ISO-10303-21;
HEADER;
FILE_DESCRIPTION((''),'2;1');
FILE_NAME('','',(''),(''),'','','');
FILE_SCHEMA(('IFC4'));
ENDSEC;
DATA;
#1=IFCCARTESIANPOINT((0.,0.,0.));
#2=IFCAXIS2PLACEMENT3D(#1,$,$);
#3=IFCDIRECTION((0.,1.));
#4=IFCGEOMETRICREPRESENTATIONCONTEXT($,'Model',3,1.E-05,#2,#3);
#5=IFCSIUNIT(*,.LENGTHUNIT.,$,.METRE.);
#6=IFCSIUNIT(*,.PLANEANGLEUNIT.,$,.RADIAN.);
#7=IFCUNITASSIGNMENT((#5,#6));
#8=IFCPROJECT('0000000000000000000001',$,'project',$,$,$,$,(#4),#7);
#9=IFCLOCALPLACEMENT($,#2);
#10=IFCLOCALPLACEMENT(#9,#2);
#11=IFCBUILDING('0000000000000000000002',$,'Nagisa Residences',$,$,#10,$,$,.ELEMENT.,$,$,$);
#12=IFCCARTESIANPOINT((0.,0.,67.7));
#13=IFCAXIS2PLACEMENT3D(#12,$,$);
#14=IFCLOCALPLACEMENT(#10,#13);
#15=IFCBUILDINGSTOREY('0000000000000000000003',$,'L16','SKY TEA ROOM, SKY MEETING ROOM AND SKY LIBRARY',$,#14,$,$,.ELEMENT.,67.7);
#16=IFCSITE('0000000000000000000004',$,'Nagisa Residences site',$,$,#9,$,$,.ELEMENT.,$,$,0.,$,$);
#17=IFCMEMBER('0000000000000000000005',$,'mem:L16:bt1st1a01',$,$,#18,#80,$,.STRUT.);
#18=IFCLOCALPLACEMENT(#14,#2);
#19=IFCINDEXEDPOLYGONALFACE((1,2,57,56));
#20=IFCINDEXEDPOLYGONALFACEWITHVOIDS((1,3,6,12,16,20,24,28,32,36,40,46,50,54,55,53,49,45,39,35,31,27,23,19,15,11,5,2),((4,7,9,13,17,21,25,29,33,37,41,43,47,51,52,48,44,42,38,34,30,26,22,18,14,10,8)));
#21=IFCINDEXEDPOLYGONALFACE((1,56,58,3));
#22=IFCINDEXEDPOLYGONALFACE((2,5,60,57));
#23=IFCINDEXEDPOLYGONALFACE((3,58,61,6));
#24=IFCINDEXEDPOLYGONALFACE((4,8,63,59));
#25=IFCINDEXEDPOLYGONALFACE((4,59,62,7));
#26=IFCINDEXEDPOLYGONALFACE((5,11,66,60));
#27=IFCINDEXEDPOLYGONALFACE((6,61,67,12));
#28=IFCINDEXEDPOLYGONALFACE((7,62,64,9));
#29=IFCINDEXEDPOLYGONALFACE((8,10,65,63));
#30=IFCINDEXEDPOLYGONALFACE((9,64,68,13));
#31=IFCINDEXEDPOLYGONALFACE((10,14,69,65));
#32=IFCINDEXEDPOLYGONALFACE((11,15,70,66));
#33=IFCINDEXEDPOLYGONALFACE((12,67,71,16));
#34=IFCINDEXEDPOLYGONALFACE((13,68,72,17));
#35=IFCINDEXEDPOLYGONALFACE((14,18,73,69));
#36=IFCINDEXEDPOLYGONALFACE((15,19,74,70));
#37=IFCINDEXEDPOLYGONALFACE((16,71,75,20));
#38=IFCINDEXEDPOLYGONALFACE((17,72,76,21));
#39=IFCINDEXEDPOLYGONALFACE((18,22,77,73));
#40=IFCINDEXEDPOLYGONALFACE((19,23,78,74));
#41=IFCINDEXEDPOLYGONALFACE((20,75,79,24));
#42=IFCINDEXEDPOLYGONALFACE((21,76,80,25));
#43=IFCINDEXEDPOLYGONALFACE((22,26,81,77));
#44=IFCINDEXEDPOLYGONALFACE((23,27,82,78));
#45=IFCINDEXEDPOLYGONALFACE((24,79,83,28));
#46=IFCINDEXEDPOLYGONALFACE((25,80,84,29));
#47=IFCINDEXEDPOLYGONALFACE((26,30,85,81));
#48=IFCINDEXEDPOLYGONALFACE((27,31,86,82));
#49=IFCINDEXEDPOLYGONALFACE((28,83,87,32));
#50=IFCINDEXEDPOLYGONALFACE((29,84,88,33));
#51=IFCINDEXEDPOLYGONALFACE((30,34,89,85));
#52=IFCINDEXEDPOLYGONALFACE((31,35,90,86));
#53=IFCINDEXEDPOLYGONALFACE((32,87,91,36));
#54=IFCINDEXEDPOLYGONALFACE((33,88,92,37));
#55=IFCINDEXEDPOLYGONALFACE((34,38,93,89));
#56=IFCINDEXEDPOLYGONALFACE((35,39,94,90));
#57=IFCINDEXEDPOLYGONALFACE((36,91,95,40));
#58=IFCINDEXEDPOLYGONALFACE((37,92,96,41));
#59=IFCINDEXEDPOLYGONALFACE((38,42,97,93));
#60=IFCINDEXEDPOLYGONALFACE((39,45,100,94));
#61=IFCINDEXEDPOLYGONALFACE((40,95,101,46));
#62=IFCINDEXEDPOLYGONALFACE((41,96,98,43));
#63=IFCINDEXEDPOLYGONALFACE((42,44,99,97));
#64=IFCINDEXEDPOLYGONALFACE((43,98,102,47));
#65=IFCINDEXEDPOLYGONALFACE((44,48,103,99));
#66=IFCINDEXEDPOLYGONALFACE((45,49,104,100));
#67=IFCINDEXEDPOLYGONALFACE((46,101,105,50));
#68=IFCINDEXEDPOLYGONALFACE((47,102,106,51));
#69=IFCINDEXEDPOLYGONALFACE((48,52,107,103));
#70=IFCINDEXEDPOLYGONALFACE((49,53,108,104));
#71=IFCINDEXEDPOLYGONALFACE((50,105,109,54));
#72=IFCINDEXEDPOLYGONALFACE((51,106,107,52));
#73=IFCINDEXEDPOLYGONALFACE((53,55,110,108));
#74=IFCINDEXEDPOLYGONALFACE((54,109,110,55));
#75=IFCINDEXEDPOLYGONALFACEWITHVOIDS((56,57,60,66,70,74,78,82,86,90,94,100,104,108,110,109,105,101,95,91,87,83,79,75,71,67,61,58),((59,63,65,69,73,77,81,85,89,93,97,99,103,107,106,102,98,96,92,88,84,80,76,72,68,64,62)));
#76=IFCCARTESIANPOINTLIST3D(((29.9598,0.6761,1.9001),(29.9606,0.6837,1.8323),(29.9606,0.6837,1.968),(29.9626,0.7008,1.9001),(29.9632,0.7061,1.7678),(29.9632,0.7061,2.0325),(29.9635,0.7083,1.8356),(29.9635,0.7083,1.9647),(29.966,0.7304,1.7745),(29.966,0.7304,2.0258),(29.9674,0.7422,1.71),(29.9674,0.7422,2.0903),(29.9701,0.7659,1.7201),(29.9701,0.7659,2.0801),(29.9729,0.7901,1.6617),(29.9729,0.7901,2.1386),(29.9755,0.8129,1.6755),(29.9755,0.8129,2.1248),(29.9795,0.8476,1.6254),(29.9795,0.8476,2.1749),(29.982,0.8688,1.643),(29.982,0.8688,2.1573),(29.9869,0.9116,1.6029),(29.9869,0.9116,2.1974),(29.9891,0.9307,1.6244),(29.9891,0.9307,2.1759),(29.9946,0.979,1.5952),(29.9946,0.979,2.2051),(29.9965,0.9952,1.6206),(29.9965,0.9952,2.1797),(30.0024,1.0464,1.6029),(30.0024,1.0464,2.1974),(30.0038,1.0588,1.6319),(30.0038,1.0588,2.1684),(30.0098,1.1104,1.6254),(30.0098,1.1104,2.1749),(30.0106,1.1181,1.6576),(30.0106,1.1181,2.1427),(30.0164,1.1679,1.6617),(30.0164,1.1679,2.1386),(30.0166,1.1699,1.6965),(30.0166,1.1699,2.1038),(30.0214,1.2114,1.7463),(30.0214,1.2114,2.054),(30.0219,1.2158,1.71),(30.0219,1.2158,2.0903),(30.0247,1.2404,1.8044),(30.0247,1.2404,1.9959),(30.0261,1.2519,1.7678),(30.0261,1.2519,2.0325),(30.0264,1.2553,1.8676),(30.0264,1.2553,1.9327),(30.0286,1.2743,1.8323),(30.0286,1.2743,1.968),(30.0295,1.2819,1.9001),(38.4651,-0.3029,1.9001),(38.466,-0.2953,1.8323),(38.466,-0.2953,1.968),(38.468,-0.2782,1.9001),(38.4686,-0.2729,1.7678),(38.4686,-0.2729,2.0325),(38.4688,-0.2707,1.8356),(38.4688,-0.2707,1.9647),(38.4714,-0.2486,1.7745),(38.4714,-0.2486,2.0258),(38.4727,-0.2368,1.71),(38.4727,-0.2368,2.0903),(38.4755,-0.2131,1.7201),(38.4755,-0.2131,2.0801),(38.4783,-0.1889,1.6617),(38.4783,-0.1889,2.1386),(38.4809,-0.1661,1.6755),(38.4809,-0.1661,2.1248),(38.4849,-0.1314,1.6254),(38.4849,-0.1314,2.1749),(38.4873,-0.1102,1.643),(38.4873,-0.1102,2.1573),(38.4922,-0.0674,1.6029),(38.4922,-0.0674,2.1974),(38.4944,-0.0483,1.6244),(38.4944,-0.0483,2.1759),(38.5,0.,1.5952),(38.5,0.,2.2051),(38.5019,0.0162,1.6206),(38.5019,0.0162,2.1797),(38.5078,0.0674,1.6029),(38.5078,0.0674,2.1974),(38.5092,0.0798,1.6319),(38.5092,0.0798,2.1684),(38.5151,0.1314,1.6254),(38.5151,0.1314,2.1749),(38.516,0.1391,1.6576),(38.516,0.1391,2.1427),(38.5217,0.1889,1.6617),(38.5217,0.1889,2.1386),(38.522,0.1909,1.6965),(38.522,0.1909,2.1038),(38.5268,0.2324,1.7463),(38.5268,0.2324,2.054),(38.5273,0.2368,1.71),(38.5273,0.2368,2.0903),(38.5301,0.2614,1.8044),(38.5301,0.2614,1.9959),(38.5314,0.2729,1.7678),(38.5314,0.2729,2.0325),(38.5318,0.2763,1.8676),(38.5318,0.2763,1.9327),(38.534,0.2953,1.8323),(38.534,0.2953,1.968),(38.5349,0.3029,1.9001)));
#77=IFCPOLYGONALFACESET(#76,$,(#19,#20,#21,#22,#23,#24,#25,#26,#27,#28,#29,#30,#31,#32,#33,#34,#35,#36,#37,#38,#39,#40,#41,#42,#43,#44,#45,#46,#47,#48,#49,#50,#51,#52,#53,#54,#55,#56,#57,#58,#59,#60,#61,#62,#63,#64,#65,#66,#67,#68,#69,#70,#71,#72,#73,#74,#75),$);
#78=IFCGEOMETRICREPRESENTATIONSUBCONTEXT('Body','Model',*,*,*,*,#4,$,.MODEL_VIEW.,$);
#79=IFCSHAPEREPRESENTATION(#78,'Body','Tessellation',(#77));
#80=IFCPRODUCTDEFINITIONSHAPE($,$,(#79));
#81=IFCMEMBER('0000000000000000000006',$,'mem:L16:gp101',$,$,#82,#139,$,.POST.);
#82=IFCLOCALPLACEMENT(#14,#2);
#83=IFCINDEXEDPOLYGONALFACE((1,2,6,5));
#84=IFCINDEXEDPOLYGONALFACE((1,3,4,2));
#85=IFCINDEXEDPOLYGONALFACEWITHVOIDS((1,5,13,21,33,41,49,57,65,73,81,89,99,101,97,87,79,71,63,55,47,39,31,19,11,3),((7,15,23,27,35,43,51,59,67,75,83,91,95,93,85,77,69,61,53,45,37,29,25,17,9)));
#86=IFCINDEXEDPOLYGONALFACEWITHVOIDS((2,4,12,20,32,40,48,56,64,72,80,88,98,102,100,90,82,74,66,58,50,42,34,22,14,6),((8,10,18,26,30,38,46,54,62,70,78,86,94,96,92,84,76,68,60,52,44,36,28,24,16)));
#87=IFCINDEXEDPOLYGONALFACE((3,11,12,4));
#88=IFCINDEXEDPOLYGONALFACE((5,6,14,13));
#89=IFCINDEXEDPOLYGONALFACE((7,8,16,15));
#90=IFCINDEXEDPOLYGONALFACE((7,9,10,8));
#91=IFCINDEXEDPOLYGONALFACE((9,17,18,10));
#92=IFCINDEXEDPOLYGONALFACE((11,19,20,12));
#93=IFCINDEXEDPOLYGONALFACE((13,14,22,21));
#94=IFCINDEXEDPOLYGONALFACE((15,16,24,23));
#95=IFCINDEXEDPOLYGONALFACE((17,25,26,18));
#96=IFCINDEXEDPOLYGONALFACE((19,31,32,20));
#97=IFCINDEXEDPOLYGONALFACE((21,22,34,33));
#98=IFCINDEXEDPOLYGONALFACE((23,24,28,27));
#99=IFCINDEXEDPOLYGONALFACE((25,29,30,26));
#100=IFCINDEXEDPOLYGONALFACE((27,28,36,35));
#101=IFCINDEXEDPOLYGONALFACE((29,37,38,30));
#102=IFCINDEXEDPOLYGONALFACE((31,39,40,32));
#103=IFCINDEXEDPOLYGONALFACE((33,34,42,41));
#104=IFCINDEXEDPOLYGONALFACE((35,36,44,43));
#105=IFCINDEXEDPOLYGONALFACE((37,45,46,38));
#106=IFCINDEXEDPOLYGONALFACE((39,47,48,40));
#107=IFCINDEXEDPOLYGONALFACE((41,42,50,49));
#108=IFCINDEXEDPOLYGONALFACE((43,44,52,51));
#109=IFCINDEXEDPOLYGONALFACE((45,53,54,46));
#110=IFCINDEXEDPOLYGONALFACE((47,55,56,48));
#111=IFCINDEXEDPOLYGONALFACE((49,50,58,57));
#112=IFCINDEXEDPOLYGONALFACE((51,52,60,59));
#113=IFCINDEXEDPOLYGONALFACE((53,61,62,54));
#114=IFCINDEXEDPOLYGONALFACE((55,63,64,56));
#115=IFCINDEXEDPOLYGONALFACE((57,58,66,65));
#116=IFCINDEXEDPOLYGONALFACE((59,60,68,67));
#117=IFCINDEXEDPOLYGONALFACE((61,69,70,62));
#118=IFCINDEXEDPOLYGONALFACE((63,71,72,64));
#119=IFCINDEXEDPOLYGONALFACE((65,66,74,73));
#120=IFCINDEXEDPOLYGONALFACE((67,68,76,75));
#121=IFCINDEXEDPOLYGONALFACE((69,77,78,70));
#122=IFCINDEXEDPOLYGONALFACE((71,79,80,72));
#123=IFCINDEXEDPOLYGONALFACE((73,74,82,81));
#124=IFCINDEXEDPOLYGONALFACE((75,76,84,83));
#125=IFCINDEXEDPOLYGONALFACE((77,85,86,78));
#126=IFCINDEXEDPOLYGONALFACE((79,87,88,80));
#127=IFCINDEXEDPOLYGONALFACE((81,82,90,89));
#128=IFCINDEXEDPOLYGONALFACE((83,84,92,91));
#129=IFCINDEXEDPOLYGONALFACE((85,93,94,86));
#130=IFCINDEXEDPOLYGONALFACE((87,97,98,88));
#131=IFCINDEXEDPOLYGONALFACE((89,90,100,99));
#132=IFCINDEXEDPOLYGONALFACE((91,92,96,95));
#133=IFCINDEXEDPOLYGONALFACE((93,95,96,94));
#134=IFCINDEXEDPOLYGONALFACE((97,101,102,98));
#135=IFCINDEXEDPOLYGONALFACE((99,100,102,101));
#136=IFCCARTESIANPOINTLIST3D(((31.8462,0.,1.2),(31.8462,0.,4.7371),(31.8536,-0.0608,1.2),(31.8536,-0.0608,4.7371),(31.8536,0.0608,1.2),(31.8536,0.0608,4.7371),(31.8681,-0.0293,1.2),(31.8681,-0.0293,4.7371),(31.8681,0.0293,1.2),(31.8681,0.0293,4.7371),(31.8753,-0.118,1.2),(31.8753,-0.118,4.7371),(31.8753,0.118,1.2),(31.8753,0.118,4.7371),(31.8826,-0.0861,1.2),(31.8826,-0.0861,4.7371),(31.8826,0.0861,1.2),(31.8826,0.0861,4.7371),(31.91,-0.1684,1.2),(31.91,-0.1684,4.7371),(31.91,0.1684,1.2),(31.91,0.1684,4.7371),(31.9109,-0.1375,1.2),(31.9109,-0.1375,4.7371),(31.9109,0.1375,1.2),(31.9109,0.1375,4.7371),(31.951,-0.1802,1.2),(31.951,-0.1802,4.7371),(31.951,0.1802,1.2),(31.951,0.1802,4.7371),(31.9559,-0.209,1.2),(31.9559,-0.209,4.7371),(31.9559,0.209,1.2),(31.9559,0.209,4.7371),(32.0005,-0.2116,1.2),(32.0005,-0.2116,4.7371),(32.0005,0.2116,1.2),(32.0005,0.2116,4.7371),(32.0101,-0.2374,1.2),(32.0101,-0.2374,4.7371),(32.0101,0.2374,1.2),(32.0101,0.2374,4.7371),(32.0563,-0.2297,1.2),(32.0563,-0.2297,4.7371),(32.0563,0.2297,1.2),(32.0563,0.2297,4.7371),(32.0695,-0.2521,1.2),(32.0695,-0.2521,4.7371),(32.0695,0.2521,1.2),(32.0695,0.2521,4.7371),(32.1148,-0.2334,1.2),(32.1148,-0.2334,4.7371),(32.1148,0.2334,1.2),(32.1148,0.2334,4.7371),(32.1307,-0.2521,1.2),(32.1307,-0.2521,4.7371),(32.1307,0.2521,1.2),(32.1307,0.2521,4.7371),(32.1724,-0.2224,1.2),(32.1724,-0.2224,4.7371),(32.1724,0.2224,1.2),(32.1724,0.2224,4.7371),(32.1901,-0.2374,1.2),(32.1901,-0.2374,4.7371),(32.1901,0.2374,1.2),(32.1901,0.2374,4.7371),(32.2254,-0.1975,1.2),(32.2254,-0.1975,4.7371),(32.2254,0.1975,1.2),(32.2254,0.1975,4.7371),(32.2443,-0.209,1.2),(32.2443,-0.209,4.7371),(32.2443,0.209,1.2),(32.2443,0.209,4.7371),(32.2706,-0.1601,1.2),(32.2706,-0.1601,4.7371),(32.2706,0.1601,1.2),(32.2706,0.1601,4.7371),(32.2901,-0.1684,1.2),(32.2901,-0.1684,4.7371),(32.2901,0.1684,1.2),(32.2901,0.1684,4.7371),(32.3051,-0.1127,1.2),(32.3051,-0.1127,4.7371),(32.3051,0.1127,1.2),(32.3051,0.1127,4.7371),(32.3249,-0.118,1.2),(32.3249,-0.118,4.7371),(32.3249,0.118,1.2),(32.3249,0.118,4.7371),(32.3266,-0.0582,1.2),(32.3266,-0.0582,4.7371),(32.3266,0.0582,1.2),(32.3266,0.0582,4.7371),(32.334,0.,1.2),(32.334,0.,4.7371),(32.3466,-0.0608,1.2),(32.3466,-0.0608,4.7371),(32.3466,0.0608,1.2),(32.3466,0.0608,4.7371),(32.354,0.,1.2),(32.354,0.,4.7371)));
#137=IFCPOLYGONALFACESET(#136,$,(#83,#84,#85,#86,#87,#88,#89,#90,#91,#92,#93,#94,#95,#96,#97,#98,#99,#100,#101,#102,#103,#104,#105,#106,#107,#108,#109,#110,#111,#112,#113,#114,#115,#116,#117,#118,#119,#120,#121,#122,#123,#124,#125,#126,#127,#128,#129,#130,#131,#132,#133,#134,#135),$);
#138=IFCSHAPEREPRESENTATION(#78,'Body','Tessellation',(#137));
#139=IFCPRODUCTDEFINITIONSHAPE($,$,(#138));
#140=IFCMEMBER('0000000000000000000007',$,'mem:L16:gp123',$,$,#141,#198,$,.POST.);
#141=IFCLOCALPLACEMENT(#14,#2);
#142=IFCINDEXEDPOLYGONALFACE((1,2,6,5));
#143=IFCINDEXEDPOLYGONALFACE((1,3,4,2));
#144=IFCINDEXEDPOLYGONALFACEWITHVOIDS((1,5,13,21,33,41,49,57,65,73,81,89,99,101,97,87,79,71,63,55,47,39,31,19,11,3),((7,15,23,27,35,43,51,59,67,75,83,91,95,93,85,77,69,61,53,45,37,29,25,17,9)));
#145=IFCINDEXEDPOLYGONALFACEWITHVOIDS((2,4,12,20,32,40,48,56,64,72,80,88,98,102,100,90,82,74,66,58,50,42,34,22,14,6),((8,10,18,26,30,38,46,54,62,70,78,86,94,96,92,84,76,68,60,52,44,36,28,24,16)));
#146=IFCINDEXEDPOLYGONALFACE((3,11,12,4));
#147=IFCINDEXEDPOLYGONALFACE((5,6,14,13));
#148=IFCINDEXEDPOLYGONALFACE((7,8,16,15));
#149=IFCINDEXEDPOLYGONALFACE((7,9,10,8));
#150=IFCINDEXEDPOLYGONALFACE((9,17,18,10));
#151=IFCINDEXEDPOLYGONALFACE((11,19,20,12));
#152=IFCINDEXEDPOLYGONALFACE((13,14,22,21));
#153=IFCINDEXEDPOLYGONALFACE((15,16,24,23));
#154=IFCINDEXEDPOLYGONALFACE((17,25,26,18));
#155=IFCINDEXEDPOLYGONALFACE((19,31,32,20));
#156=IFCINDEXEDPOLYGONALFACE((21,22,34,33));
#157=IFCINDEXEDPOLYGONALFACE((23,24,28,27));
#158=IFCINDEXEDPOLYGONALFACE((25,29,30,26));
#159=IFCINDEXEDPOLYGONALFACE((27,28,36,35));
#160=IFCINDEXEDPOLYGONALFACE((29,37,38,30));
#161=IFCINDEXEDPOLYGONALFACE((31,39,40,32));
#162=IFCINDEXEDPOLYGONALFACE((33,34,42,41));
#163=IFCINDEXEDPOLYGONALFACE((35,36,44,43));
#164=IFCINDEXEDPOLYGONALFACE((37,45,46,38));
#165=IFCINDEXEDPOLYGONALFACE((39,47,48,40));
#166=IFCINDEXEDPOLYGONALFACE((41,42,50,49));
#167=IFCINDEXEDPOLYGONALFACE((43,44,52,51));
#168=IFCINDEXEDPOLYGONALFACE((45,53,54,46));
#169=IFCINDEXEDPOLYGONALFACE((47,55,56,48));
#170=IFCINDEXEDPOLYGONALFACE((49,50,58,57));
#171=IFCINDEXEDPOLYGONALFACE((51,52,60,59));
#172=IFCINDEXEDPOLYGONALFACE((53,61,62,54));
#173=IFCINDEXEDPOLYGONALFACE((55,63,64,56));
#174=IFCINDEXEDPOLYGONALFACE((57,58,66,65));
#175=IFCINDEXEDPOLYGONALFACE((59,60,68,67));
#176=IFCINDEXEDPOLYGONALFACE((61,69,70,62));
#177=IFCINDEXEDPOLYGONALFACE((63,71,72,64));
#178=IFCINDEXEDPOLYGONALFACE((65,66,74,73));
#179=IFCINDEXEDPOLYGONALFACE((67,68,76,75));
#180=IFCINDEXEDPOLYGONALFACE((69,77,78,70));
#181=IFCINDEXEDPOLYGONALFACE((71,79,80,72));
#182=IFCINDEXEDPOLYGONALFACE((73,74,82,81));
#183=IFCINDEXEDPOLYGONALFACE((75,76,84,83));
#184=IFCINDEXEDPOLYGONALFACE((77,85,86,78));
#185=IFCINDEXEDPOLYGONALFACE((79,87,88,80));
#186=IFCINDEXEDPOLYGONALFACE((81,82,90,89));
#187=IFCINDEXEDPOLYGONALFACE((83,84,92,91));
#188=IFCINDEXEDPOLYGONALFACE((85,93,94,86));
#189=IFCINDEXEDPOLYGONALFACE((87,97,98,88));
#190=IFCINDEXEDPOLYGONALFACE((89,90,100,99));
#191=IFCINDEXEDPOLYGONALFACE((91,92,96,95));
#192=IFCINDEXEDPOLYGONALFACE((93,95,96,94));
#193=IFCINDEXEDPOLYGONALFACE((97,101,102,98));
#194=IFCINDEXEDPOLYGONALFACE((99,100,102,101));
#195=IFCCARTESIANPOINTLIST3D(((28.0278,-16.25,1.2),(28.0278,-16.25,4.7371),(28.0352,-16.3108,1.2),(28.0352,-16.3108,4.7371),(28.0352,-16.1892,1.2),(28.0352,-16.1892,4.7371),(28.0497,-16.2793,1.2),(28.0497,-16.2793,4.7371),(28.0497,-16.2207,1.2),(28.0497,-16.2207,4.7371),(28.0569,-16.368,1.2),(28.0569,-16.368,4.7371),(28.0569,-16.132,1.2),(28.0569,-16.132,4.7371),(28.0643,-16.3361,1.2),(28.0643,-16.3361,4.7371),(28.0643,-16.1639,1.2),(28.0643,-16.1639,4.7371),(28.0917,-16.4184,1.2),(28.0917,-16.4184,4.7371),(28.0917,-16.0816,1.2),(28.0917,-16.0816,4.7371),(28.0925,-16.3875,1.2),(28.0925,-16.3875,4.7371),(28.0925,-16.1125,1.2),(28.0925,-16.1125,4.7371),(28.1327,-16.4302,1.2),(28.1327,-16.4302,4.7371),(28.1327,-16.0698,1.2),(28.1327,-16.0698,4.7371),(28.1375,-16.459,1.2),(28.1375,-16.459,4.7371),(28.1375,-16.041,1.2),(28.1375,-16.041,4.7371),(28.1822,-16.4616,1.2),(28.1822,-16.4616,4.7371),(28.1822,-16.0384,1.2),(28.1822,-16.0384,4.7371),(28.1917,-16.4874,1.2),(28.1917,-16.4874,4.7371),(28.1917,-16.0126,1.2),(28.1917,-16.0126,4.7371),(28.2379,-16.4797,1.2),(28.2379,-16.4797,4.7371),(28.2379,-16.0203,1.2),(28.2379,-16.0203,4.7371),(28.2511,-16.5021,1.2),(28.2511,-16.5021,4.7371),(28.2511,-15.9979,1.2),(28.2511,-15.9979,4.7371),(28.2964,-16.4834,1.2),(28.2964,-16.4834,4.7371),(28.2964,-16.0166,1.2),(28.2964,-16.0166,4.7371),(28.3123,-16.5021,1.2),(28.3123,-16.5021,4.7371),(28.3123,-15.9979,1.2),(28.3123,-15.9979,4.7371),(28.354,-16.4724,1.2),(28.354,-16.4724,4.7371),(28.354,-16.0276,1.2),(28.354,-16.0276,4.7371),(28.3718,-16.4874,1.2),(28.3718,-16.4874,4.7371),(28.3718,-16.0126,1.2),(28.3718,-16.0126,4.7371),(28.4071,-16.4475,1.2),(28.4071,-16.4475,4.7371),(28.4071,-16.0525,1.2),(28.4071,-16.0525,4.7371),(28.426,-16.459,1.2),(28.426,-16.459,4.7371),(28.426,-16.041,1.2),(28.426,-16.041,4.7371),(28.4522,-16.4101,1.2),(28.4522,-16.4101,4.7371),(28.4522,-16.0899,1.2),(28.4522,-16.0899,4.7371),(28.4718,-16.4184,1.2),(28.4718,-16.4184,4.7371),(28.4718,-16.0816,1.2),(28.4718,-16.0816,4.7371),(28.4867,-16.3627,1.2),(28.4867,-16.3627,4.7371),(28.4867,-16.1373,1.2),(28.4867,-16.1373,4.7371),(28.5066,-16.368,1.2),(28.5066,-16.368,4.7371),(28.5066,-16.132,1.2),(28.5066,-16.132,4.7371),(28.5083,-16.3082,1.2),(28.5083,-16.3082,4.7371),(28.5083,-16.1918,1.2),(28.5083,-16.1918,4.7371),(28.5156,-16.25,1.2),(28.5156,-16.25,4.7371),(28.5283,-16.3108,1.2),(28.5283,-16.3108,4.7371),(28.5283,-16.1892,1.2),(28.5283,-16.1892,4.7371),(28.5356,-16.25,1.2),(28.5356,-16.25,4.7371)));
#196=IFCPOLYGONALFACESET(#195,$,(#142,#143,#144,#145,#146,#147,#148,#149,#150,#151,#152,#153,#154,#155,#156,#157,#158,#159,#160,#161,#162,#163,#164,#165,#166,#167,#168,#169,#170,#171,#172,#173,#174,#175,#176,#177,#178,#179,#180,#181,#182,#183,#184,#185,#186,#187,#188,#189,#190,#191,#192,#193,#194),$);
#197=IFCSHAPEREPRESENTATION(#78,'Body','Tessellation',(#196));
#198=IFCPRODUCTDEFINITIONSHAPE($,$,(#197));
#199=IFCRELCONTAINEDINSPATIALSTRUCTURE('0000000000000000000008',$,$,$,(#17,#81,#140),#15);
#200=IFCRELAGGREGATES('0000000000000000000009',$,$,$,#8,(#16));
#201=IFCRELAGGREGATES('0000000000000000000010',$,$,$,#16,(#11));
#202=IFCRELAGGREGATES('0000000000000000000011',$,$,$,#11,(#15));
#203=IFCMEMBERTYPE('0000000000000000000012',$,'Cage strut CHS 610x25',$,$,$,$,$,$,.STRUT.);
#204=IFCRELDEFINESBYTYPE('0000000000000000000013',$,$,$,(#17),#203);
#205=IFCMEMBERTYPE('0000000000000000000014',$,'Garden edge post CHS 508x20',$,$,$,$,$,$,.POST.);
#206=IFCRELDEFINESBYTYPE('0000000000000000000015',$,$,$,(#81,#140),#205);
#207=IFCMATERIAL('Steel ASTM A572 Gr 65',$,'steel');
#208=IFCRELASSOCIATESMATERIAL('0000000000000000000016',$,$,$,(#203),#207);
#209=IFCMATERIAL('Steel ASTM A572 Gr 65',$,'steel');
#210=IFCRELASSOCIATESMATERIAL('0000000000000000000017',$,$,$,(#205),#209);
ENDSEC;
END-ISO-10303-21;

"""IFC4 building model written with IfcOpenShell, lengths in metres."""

from ifc_helpers import new_model, si_unit, direction, frame, origin, origin_2d, place, context, subcontext, project, spatial, hollow_circle, extrude, material, material_profile, profile_set, type_object, element, save


model = new_model("IFC4")

# Units and contexts
model_context = context("Model", 3, precision=1e-05, world=origin(), true_north=direction((0.0, 1.0)))
body_context = subcontext(model_context, "Body", "Model", "MODEL_VIEW")
ifc_project = project(units=[si_unit("LENGTHUNIT", "METRE"), si_unit("PLANEANGLEUNIT", "RADIAN")], contexts=[model_context])

# Site, building, storey
site_placement = place(None, origin())
site = spatial("IfcSite", under=ifc_project, at=site_placement, Name="Nagisa Residences site", CompositionType="ELEMENT", RefElevation=0.0)
building_placement = place(site_placement, origin())
building = spatial("IfcBuilding", under=site, at=building_placement, Name="Nagisa Residences", CompositionType="ELEMENT")
storey_placement = place(building_placement, frame((0.0, 0.0, 67.7)))
storey = spatial("IfcBuildingStorey", under=building, at=storey_placement, Name="L16", Description="SKY TEA ROOM, SKY MEETING ROOM AND SKY LIBRARY", CompositionType="ELEMENT", Elevation=67.7)

# Members
ifc_material_1 = material(Name="Steel ASTM A572 Gr 65", Category="steel")
ifc_material_profile_1 = material_profile(ifc_material_1, hollow_circle(Radius=0.3049, WallThickness=0.0249, at=origin_2d()), Name="CHS 610x25")
ifc_profile_set_1 = profile_set([ifc_material_profile_1], Name="Steel ASTM A572 Gr 65")
member_type_1 = type_object("IfcMemberType", Name="Cage strut CHS 610x25", PredefinedType="STRUT", material=ifc_profile_set_1)
member_placement = place(storey_placement, frame((38.5, 0.0, 1.9001), z_axis=(-0.993441, 0.114349, 0.0), x_axis=(-0.114349, -0.993441, 0.0)))
element("IfcMember", 1, at=member_placement, inside=storey, type_object=member_type_1, Name="mem:L16:bt1st1a01", PredefinedType="STRUT", context=body_context, shape_type="SweptSolid", body=[
    extrude(hollow_circle(Radius=0.3049, WallThickness=0.0249, at=origin_2d()), origin(), (0.0, 0.0, 1.0), 8.5615),
])
ifc_material_2 = material(Name="Steel ASTM A572 Gr 65", Category="steel")
ifc_material_profile_2 = material_profile(ifc_material_2, hollow_circle(Radius=0.2539, WallThickness=0.02, at=origin_2d()), Name="CHS 508x20")
ifc_profile_set_2 = profile_set([ifc_material_profile_2], Name="Steel ASTM A572 Gr 65")
member_type_2 = type_object("IfcMemberType", Name="Garden edge post CHS 508x20", PredefinedType="POST", material=ifc_profile_set_2)
for number, where, z_axis, x_axis, name in (
    (2, (32.1001, 0.0, 1.2), (0.0, 0.0, 1.0), (1.0, 0.0, 0.0), "mem:L16:gp101"),
    (3, (28.2817, -16.25, 1.2), (0.0, 0.0, 1.0), (1.0, 0.0, 0.0), "mem:L16:gp123"),
):
    element("IfcMember", number, at=place(storey_placement, frame(where, z_axis=z_axis, x_axis=x_axis)), inside=storey, type_object=member_type_2, Name=name, PredefinedType="POST", context=body_context, shape_type="SweptSolid", body=[
        extrude(hollow_circle(Radius=0.2539, WallThickness=0.02, at=origin_2d()), origin(), (0.0, 0.0, 1.0), 3.5371),
    ])

save(model, "model.ifc")
